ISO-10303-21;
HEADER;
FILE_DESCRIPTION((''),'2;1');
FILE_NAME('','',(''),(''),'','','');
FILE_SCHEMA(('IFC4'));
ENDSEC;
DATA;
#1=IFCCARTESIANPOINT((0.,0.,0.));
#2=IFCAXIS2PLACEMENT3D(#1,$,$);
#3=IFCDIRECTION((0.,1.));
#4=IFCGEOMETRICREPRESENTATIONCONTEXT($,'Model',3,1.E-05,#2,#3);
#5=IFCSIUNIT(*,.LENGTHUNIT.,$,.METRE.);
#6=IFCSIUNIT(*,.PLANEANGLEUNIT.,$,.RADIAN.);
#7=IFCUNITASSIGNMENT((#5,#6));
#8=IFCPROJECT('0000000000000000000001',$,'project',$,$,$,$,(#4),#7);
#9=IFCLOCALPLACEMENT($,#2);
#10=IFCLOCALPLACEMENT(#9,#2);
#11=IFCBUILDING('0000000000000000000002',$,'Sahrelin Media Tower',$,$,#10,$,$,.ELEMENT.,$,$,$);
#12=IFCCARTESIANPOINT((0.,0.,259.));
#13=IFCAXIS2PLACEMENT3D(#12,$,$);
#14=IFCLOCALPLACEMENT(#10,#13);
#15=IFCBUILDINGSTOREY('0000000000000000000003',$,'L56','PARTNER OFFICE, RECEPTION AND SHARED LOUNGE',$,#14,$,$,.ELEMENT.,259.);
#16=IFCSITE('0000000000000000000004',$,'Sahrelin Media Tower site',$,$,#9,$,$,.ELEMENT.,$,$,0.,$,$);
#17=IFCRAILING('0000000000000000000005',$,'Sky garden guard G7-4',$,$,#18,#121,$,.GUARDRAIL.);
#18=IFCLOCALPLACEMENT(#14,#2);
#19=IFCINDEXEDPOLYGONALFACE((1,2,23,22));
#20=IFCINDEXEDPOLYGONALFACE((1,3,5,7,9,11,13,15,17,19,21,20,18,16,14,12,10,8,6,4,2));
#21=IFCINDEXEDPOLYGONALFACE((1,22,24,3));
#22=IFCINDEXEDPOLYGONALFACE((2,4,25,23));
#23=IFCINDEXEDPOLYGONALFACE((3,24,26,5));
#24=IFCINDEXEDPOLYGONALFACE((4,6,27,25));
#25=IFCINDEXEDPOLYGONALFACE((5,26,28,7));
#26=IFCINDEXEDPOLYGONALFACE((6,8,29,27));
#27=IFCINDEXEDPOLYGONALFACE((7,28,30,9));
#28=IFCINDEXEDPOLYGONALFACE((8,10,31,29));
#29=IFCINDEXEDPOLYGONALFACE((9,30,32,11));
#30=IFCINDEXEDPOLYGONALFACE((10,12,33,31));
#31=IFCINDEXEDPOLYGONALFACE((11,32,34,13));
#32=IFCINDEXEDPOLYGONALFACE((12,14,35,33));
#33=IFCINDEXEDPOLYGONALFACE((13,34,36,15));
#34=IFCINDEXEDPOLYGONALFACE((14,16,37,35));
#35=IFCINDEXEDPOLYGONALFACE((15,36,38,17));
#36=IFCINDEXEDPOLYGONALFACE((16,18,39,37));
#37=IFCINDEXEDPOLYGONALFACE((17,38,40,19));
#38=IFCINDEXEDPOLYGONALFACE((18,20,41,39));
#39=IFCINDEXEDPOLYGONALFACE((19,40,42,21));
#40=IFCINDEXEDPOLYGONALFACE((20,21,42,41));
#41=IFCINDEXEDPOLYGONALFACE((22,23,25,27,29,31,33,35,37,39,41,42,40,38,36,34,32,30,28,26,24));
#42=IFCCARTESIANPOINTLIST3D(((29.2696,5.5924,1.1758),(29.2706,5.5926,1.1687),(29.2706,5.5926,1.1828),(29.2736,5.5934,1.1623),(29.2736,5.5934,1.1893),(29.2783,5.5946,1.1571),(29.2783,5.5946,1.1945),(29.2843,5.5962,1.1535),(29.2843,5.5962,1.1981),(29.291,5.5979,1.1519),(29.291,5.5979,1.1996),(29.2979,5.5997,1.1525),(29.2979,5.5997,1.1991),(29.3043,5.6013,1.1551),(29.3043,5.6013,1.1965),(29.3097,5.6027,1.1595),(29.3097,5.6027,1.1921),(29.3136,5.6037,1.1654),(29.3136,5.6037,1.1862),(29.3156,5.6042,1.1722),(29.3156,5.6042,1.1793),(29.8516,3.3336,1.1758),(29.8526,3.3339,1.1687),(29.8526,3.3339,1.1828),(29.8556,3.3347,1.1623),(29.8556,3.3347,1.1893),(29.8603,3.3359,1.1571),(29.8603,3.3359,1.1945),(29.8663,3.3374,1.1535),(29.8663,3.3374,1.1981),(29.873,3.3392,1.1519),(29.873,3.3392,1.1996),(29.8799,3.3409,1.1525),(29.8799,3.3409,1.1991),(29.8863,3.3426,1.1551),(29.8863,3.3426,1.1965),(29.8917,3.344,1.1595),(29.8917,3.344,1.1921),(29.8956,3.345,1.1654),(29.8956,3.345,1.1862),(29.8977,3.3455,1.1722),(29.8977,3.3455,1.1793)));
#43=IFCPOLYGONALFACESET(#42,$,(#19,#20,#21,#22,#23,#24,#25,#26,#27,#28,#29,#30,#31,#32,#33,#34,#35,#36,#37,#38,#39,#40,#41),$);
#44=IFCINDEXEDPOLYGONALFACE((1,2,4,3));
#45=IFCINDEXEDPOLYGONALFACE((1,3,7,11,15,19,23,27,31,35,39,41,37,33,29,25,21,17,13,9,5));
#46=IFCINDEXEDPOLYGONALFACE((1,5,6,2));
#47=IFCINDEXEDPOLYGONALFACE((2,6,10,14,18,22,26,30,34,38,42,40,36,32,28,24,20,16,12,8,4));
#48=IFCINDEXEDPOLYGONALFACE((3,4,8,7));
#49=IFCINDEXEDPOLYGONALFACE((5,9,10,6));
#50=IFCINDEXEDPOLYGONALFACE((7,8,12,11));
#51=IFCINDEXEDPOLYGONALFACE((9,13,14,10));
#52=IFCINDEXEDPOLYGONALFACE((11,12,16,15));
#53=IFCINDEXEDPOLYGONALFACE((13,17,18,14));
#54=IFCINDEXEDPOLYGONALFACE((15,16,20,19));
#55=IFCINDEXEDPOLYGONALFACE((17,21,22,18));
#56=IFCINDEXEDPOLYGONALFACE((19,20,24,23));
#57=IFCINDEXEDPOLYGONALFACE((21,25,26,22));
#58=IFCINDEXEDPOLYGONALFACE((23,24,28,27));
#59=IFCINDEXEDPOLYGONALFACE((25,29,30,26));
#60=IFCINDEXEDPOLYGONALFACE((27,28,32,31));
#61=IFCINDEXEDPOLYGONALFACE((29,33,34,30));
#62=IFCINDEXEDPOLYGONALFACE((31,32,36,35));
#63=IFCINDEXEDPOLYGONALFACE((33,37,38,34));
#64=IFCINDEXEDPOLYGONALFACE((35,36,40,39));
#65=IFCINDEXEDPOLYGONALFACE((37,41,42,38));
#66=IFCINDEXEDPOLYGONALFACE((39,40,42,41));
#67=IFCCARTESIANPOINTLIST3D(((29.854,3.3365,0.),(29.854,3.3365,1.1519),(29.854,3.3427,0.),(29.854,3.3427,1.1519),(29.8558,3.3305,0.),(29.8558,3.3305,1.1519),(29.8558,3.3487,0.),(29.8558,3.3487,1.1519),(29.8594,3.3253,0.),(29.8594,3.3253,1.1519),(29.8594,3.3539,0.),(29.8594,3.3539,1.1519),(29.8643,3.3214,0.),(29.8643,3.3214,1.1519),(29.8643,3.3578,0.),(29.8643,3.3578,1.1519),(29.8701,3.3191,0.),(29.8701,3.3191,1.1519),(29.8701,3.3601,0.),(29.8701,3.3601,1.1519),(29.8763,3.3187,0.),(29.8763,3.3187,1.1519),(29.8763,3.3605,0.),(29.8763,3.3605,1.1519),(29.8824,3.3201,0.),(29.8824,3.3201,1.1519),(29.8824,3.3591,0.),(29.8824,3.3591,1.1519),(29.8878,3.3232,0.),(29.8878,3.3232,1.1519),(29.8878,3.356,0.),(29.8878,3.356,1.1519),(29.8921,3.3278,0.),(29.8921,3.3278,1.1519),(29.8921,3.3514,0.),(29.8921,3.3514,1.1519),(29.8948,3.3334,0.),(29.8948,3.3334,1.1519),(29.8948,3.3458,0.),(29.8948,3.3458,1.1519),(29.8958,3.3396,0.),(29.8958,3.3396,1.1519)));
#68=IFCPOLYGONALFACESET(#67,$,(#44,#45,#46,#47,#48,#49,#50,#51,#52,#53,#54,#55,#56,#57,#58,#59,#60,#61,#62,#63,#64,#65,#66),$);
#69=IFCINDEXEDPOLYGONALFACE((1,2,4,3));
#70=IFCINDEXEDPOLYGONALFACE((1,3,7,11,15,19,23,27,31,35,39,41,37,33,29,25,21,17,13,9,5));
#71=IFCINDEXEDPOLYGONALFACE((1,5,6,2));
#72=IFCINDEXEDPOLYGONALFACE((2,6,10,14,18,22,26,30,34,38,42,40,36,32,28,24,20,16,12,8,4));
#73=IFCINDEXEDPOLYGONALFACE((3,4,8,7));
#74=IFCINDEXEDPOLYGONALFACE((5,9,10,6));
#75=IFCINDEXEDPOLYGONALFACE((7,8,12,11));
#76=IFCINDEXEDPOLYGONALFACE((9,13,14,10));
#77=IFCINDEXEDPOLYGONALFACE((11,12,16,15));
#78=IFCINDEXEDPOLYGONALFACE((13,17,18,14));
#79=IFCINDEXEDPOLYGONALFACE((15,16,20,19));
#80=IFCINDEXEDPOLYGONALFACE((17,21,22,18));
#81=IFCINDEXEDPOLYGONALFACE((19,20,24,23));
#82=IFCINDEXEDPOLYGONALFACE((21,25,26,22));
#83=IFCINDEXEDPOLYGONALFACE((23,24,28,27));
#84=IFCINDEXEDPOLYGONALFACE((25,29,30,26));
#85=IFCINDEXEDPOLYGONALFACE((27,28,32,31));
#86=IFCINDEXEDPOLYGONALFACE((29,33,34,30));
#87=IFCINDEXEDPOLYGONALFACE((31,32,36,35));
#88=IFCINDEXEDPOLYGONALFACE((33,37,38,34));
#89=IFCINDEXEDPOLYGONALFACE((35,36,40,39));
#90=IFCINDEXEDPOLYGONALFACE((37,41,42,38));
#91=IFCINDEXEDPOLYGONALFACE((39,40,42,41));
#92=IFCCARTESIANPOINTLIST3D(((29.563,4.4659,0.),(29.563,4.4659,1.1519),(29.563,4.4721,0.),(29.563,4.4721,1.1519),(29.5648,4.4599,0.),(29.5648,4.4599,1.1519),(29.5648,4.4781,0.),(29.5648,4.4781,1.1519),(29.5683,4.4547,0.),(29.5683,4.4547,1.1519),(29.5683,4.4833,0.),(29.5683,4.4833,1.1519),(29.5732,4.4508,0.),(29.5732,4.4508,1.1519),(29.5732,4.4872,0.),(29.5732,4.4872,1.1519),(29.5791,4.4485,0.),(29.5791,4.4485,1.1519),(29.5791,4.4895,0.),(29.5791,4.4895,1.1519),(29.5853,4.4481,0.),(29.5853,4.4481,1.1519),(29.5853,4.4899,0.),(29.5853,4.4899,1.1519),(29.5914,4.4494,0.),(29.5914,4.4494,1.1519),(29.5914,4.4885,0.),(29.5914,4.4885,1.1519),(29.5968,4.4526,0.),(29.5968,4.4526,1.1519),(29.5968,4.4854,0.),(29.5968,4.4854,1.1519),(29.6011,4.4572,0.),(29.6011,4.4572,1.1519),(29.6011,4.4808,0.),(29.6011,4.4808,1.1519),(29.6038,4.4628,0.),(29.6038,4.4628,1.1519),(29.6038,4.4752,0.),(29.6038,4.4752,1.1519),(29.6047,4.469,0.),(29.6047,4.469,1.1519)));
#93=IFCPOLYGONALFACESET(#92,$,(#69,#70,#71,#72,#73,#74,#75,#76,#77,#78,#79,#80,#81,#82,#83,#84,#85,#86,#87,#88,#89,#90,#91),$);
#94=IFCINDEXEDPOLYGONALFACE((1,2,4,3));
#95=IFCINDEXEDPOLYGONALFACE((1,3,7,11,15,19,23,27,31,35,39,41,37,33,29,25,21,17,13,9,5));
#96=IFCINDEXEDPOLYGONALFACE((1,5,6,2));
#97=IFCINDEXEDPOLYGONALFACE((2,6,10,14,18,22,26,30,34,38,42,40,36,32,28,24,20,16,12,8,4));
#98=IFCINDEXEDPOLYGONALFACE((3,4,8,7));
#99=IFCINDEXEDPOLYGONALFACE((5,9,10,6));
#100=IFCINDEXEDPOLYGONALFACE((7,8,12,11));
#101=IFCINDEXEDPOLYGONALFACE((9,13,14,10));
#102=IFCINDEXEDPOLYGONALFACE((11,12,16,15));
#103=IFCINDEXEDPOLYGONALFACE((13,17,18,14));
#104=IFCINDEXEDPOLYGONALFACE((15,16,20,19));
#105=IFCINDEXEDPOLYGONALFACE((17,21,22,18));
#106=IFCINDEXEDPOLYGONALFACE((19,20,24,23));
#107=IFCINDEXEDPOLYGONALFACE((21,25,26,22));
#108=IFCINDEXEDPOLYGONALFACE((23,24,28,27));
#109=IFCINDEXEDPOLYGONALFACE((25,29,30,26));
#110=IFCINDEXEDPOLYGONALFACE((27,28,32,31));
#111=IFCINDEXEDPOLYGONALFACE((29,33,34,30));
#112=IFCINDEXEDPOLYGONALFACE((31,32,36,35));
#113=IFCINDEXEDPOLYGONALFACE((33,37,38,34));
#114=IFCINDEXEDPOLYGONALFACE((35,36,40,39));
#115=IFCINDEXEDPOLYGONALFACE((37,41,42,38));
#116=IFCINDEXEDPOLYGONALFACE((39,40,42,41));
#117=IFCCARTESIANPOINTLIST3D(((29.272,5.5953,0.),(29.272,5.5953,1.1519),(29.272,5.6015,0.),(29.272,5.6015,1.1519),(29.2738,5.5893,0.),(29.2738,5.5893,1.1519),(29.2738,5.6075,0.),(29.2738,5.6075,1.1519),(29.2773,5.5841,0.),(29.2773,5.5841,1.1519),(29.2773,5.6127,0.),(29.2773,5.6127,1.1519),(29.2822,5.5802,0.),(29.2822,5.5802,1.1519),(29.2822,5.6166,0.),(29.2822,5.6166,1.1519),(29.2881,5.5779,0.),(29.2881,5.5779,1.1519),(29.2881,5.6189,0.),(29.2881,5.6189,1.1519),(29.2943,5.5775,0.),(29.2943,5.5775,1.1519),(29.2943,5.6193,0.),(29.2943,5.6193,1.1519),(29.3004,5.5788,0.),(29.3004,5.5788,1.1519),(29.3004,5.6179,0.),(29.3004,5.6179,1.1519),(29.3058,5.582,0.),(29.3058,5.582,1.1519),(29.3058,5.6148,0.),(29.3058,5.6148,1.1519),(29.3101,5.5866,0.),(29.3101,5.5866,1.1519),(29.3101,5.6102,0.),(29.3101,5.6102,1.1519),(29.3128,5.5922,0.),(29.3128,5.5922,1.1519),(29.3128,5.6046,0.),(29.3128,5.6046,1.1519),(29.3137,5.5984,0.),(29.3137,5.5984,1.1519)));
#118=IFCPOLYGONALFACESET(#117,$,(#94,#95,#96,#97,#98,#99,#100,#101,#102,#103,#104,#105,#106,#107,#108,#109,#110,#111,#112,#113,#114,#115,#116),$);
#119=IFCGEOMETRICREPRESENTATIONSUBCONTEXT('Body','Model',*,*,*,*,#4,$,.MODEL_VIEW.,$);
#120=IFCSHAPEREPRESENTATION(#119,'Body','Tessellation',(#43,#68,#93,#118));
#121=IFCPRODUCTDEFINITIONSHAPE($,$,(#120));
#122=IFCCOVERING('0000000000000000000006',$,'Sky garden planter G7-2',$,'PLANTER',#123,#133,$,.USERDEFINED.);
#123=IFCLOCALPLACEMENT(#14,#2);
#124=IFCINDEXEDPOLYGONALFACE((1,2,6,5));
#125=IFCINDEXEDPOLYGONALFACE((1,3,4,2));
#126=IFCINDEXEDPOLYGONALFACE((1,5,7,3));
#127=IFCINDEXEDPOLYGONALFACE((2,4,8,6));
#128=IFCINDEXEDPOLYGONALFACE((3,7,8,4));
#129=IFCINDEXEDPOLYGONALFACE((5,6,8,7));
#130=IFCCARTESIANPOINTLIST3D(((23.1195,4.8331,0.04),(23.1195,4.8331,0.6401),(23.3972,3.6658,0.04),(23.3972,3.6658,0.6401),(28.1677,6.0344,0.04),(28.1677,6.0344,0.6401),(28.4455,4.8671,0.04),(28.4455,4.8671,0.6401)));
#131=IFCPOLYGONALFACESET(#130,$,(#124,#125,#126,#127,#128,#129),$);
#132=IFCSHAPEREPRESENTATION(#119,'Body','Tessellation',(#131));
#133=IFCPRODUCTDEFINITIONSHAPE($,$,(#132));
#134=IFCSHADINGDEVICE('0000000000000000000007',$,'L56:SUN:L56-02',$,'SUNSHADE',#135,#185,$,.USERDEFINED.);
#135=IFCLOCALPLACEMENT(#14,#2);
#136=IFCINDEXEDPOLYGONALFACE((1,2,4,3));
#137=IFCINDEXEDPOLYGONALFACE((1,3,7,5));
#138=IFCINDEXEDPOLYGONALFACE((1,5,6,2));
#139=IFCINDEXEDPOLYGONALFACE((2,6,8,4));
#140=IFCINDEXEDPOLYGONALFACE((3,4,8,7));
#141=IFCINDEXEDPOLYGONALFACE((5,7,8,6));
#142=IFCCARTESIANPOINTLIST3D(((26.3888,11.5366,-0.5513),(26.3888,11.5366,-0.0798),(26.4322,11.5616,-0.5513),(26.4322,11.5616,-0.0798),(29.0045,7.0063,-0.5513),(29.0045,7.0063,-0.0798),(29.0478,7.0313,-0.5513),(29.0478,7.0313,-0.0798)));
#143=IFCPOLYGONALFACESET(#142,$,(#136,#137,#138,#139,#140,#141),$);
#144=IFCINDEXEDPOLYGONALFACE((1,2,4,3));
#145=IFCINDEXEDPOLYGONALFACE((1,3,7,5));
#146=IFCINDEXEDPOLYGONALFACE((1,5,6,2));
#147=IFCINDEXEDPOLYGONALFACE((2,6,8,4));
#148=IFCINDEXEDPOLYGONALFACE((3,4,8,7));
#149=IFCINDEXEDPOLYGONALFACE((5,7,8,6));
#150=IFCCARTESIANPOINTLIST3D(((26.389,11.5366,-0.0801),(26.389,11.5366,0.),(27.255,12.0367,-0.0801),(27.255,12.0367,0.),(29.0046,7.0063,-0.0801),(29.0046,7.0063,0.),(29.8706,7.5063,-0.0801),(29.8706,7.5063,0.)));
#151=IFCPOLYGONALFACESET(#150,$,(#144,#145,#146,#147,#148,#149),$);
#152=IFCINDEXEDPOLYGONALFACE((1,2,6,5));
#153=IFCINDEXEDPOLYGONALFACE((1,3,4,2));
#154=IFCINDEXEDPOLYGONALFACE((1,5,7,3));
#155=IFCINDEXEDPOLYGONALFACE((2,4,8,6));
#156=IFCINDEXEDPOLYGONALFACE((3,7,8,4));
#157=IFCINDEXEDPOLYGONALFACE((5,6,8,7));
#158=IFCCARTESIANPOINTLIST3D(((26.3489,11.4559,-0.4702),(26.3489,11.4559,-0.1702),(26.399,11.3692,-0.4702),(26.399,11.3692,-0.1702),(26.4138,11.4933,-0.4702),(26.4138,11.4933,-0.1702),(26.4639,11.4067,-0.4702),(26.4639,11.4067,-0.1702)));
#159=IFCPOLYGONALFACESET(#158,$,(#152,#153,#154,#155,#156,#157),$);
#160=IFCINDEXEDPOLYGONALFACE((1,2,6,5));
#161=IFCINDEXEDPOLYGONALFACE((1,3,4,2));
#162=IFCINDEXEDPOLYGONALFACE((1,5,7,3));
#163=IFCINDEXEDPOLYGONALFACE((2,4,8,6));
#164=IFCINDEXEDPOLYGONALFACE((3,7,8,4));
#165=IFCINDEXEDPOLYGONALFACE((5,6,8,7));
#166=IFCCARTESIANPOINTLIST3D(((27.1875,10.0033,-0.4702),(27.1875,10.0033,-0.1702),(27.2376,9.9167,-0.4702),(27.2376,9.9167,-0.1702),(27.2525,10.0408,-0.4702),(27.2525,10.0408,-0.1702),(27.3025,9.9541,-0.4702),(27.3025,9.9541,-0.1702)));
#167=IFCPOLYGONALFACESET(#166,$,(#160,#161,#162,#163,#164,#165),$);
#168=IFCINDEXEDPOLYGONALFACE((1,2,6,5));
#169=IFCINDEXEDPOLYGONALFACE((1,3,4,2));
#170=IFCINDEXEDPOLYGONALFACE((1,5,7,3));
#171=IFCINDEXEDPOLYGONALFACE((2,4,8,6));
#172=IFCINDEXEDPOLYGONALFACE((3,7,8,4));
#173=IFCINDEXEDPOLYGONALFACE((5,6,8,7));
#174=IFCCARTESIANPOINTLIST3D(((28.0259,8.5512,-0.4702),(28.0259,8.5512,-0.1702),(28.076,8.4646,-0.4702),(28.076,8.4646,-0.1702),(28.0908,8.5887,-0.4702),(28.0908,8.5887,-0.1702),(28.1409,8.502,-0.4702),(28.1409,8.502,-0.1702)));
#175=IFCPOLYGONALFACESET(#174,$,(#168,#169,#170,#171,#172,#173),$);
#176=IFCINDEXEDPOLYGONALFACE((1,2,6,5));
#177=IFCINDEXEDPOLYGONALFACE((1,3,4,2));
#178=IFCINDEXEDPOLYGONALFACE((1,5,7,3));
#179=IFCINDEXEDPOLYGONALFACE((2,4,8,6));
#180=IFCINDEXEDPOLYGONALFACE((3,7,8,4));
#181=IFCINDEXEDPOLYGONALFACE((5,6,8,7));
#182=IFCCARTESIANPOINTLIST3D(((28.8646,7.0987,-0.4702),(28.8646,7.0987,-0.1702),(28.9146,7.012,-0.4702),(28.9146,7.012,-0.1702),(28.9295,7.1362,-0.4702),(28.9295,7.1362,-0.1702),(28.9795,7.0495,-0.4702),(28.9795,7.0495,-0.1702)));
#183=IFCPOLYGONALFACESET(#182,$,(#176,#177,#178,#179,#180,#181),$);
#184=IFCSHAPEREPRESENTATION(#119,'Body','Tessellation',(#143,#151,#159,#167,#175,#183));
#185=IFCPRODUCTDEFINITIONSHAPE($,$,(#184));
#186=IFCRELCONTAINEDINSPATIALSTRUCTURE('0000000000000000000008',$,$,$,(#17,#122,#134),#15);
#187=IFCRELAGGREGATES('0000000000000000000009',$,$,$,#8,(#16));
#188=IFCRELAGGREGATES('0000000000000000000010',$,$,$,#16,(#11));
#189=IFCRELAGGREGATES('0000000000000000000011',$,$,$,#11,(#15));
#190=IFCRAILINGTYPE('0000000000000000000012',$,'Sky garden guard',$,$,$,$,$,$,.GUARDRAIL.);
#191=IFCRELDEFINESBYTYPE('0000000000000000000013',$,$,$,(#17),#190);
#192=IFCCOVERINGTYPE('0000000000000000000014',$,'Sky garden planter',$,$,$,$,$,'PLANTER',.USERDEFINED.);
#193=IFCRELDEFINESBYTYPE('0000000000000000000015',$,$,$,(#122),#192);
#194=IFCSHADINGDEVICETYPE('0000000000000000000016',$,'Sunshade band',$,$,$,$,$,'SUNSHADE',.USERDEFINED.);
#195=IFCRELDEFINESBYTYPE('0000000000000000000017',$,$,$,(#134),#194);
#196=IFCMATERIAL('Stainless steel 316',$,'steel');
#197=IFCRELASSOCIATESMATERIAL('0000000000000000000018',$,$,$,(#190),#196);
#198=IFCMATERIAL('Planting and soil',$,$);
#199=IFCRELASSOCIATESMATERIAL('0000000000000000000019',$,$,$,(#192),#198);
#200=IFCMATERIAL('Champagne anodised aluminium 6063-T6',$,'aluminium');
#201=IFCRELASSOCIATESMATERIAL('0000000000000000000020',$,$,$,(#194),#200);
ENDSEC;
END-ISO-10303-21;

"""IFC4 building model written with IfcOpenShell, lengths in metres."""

from ifc_helpers import new_model, si_unit, direction, frame, origin, origin_2d, place, context, subcontext, project, spatial, rectangle, circle, extrude, material, type_object, element, save


model = new_model("IFC4")

# Units and contexts
model_context = context("Model", 3, precision=1e-05, world=origin(), true_north=direction((0.0, 1.0)))
body_context = subcontext(model_context, "Body", "Model", "MODEL_VIEW")
ifc_project = project(units=[si_unit("LENGTHUNIT", "METRE"), si_unit("PLANEANGLEUNIT", "RADIAN")], contexts=[model_context])

# Site, building, storey
site_placement = place(None, origin())
site = spatial("IfcSite", under=ifc_project, at=site_placement, Name="Sahrelin Media Tower site", CompositionType="ELEMENT", RefElevation=0.0)
building_placement = place(site_placement, origin())
building = spatial("IfcBuilding", under=site, at=building_placement, Name="Sahrelin Media Tower", CompositionType="ELEMENT")
storey_placement = place(building_placement, frame((0.0, 0.0, 259.0)))
storey = spatial("IfcBuildingStorey", under=building, at=storey_placement, Name="L56", Description="PARTNER OFFICE, RECEPTION AND SHARED LOUNGE", CompositionType="ELEMENT", Elevation=259.0)

# Shared definitions
ifc_material_1 = material(Name="Champagne anodised aluminium 6063-T6", Category="aluminium")

# Shared definitions
placement = place(storey_placement, frame((27.6794, 9.2615, 0.0), z_axis=(0.0, 0.0, 1.0), x_axis=(0.500011, -0.866019, 0.0)))

# Railing
ifc_material_2 = material(Name="Stainless steel 316", Category="steel")
railing_type = type_object("IfcRailingType", Name="Sky garden guard", PredefinedType="GUARDRAIL", material=ifc_material_2)
railing_placement = place(storey_placement, frame((29.8748, 3.3396, 0.0)))
element("IfcRailing", 1, at=railing_placement, inside=storey, type_object=railing_type, Name="Sky garden guard G7-4", PredefinedType="GUARDRAIL", context=body_context, shape_type="SweptSolid", body=[
    extrude(circle(Radius=0.0239, at=origin_2d()), frame((0.0, 0.0, 1.1758), z_axis=(-0.249523, 0.968369, 0.0), x_axis=(-0.968369, -0.249523, 0.0)), (0.0, 0.0, 1.0), 2.3325),
    extrude(circle(Radius=0.021, at=origin_2d()), origin(), (0.0, 0.0, 1.0), 1.1519),
    extrude(circle(Radius=0.021, at=origin_2d()), frame((-0.291, 1.1294, 0.0)), (0.0, 0.0, 1.0), 1.1519),
    extrude(circle(Radius=0.021, at=origin_2d()), frame((-0.582, 2.2588, 0.0)), (0.0, 0.0, 1.0), 1.1519),
])

# Covering
ifc_material_3 = material(Name="Planting and soil")
covering_type = type_object("IfcCoveringType", Name="Sky garden planter", ElementType="PLANTER", PredefinedType="USERDEFINED", material=ifc_material_3)
covering_placement = place(storey_placement, frame((25.7825, 4.8501, 0.04), z_axis=(0.0, 0.0, 1.0), x_axis=(0.972836, 0.231497, 0.0)))
element("IfcCovering", 2, at=covering_placement, inside=storey, type_object=covering_type, Name="Sky garden planter G7-2", ObjectType="PLANTER", PredefinedType="USERDEFINED", context=body_context, shape_type="SweptSolid", body=[
    extrude(rectangle(XDim=5.1892, YDim=1.2, at=origin_2d()), origin(), (0.0, 0.0, 1.0), 0.6001),
])

# Shading device
shading_device_type_1 = type_object("IfcShadingDeviceType", Name="Sunshade band", ElementType="SUNSHADE", PredefinedType="USERDEFINED", material=ifc_material_1)
element("IfcShadingDevice", 3, at=placement, inside=storey, type_object=shading_device_type_1, Name="L56:SUN:L56-02", ObjectType="SUNSHADE", PredefinedType="USERDEFINED", context=body_context, shape_type="SweptSolid", body=[
    extrude(rectangle(XDim=5.2312, YDim=0.05, at=origin_2d()), frame((0.0, 0.0449, -0.5513)), (0.0, 0.0, 1.0), 0.4714),
    extrude(rectangle(XDim=5.2312, YDim=1.0, at=origin_2d()), frame((0.0, 0.52, -0.0801)), (0.0, 0.0, 1.0), 0.0801),
    extrude(rectangle(XDim=0.1001, YDim=0.075, at=origin_2d()), frame((-2.5156, -0.0176, -0.4702)), (0.0, 0.0, 1.0), 0.3),
    extrude(rectangle(XDim=0.1001, YDim=0.075, at=origin_2d()), frame((-0.8384, -0.0176, -0.4702)), (0.0, 0.0, 1.0), 0.3),
    extrude(rectangle(XDim=0.1001, YDim=0.075, at=origin_2d()), frame((0.8384, -0.0176, -0.4702)), (0.0, 0.0, 1.0), 0.3),
    extrude(rectangle(XDim=0.1001, YDim=0.075, at=origin_2d()), frame((2.5156, -0.0176, -0.4702)), (0.0, 0.0, 1.0), 0.3),
])

save(model, "model.ifc")
